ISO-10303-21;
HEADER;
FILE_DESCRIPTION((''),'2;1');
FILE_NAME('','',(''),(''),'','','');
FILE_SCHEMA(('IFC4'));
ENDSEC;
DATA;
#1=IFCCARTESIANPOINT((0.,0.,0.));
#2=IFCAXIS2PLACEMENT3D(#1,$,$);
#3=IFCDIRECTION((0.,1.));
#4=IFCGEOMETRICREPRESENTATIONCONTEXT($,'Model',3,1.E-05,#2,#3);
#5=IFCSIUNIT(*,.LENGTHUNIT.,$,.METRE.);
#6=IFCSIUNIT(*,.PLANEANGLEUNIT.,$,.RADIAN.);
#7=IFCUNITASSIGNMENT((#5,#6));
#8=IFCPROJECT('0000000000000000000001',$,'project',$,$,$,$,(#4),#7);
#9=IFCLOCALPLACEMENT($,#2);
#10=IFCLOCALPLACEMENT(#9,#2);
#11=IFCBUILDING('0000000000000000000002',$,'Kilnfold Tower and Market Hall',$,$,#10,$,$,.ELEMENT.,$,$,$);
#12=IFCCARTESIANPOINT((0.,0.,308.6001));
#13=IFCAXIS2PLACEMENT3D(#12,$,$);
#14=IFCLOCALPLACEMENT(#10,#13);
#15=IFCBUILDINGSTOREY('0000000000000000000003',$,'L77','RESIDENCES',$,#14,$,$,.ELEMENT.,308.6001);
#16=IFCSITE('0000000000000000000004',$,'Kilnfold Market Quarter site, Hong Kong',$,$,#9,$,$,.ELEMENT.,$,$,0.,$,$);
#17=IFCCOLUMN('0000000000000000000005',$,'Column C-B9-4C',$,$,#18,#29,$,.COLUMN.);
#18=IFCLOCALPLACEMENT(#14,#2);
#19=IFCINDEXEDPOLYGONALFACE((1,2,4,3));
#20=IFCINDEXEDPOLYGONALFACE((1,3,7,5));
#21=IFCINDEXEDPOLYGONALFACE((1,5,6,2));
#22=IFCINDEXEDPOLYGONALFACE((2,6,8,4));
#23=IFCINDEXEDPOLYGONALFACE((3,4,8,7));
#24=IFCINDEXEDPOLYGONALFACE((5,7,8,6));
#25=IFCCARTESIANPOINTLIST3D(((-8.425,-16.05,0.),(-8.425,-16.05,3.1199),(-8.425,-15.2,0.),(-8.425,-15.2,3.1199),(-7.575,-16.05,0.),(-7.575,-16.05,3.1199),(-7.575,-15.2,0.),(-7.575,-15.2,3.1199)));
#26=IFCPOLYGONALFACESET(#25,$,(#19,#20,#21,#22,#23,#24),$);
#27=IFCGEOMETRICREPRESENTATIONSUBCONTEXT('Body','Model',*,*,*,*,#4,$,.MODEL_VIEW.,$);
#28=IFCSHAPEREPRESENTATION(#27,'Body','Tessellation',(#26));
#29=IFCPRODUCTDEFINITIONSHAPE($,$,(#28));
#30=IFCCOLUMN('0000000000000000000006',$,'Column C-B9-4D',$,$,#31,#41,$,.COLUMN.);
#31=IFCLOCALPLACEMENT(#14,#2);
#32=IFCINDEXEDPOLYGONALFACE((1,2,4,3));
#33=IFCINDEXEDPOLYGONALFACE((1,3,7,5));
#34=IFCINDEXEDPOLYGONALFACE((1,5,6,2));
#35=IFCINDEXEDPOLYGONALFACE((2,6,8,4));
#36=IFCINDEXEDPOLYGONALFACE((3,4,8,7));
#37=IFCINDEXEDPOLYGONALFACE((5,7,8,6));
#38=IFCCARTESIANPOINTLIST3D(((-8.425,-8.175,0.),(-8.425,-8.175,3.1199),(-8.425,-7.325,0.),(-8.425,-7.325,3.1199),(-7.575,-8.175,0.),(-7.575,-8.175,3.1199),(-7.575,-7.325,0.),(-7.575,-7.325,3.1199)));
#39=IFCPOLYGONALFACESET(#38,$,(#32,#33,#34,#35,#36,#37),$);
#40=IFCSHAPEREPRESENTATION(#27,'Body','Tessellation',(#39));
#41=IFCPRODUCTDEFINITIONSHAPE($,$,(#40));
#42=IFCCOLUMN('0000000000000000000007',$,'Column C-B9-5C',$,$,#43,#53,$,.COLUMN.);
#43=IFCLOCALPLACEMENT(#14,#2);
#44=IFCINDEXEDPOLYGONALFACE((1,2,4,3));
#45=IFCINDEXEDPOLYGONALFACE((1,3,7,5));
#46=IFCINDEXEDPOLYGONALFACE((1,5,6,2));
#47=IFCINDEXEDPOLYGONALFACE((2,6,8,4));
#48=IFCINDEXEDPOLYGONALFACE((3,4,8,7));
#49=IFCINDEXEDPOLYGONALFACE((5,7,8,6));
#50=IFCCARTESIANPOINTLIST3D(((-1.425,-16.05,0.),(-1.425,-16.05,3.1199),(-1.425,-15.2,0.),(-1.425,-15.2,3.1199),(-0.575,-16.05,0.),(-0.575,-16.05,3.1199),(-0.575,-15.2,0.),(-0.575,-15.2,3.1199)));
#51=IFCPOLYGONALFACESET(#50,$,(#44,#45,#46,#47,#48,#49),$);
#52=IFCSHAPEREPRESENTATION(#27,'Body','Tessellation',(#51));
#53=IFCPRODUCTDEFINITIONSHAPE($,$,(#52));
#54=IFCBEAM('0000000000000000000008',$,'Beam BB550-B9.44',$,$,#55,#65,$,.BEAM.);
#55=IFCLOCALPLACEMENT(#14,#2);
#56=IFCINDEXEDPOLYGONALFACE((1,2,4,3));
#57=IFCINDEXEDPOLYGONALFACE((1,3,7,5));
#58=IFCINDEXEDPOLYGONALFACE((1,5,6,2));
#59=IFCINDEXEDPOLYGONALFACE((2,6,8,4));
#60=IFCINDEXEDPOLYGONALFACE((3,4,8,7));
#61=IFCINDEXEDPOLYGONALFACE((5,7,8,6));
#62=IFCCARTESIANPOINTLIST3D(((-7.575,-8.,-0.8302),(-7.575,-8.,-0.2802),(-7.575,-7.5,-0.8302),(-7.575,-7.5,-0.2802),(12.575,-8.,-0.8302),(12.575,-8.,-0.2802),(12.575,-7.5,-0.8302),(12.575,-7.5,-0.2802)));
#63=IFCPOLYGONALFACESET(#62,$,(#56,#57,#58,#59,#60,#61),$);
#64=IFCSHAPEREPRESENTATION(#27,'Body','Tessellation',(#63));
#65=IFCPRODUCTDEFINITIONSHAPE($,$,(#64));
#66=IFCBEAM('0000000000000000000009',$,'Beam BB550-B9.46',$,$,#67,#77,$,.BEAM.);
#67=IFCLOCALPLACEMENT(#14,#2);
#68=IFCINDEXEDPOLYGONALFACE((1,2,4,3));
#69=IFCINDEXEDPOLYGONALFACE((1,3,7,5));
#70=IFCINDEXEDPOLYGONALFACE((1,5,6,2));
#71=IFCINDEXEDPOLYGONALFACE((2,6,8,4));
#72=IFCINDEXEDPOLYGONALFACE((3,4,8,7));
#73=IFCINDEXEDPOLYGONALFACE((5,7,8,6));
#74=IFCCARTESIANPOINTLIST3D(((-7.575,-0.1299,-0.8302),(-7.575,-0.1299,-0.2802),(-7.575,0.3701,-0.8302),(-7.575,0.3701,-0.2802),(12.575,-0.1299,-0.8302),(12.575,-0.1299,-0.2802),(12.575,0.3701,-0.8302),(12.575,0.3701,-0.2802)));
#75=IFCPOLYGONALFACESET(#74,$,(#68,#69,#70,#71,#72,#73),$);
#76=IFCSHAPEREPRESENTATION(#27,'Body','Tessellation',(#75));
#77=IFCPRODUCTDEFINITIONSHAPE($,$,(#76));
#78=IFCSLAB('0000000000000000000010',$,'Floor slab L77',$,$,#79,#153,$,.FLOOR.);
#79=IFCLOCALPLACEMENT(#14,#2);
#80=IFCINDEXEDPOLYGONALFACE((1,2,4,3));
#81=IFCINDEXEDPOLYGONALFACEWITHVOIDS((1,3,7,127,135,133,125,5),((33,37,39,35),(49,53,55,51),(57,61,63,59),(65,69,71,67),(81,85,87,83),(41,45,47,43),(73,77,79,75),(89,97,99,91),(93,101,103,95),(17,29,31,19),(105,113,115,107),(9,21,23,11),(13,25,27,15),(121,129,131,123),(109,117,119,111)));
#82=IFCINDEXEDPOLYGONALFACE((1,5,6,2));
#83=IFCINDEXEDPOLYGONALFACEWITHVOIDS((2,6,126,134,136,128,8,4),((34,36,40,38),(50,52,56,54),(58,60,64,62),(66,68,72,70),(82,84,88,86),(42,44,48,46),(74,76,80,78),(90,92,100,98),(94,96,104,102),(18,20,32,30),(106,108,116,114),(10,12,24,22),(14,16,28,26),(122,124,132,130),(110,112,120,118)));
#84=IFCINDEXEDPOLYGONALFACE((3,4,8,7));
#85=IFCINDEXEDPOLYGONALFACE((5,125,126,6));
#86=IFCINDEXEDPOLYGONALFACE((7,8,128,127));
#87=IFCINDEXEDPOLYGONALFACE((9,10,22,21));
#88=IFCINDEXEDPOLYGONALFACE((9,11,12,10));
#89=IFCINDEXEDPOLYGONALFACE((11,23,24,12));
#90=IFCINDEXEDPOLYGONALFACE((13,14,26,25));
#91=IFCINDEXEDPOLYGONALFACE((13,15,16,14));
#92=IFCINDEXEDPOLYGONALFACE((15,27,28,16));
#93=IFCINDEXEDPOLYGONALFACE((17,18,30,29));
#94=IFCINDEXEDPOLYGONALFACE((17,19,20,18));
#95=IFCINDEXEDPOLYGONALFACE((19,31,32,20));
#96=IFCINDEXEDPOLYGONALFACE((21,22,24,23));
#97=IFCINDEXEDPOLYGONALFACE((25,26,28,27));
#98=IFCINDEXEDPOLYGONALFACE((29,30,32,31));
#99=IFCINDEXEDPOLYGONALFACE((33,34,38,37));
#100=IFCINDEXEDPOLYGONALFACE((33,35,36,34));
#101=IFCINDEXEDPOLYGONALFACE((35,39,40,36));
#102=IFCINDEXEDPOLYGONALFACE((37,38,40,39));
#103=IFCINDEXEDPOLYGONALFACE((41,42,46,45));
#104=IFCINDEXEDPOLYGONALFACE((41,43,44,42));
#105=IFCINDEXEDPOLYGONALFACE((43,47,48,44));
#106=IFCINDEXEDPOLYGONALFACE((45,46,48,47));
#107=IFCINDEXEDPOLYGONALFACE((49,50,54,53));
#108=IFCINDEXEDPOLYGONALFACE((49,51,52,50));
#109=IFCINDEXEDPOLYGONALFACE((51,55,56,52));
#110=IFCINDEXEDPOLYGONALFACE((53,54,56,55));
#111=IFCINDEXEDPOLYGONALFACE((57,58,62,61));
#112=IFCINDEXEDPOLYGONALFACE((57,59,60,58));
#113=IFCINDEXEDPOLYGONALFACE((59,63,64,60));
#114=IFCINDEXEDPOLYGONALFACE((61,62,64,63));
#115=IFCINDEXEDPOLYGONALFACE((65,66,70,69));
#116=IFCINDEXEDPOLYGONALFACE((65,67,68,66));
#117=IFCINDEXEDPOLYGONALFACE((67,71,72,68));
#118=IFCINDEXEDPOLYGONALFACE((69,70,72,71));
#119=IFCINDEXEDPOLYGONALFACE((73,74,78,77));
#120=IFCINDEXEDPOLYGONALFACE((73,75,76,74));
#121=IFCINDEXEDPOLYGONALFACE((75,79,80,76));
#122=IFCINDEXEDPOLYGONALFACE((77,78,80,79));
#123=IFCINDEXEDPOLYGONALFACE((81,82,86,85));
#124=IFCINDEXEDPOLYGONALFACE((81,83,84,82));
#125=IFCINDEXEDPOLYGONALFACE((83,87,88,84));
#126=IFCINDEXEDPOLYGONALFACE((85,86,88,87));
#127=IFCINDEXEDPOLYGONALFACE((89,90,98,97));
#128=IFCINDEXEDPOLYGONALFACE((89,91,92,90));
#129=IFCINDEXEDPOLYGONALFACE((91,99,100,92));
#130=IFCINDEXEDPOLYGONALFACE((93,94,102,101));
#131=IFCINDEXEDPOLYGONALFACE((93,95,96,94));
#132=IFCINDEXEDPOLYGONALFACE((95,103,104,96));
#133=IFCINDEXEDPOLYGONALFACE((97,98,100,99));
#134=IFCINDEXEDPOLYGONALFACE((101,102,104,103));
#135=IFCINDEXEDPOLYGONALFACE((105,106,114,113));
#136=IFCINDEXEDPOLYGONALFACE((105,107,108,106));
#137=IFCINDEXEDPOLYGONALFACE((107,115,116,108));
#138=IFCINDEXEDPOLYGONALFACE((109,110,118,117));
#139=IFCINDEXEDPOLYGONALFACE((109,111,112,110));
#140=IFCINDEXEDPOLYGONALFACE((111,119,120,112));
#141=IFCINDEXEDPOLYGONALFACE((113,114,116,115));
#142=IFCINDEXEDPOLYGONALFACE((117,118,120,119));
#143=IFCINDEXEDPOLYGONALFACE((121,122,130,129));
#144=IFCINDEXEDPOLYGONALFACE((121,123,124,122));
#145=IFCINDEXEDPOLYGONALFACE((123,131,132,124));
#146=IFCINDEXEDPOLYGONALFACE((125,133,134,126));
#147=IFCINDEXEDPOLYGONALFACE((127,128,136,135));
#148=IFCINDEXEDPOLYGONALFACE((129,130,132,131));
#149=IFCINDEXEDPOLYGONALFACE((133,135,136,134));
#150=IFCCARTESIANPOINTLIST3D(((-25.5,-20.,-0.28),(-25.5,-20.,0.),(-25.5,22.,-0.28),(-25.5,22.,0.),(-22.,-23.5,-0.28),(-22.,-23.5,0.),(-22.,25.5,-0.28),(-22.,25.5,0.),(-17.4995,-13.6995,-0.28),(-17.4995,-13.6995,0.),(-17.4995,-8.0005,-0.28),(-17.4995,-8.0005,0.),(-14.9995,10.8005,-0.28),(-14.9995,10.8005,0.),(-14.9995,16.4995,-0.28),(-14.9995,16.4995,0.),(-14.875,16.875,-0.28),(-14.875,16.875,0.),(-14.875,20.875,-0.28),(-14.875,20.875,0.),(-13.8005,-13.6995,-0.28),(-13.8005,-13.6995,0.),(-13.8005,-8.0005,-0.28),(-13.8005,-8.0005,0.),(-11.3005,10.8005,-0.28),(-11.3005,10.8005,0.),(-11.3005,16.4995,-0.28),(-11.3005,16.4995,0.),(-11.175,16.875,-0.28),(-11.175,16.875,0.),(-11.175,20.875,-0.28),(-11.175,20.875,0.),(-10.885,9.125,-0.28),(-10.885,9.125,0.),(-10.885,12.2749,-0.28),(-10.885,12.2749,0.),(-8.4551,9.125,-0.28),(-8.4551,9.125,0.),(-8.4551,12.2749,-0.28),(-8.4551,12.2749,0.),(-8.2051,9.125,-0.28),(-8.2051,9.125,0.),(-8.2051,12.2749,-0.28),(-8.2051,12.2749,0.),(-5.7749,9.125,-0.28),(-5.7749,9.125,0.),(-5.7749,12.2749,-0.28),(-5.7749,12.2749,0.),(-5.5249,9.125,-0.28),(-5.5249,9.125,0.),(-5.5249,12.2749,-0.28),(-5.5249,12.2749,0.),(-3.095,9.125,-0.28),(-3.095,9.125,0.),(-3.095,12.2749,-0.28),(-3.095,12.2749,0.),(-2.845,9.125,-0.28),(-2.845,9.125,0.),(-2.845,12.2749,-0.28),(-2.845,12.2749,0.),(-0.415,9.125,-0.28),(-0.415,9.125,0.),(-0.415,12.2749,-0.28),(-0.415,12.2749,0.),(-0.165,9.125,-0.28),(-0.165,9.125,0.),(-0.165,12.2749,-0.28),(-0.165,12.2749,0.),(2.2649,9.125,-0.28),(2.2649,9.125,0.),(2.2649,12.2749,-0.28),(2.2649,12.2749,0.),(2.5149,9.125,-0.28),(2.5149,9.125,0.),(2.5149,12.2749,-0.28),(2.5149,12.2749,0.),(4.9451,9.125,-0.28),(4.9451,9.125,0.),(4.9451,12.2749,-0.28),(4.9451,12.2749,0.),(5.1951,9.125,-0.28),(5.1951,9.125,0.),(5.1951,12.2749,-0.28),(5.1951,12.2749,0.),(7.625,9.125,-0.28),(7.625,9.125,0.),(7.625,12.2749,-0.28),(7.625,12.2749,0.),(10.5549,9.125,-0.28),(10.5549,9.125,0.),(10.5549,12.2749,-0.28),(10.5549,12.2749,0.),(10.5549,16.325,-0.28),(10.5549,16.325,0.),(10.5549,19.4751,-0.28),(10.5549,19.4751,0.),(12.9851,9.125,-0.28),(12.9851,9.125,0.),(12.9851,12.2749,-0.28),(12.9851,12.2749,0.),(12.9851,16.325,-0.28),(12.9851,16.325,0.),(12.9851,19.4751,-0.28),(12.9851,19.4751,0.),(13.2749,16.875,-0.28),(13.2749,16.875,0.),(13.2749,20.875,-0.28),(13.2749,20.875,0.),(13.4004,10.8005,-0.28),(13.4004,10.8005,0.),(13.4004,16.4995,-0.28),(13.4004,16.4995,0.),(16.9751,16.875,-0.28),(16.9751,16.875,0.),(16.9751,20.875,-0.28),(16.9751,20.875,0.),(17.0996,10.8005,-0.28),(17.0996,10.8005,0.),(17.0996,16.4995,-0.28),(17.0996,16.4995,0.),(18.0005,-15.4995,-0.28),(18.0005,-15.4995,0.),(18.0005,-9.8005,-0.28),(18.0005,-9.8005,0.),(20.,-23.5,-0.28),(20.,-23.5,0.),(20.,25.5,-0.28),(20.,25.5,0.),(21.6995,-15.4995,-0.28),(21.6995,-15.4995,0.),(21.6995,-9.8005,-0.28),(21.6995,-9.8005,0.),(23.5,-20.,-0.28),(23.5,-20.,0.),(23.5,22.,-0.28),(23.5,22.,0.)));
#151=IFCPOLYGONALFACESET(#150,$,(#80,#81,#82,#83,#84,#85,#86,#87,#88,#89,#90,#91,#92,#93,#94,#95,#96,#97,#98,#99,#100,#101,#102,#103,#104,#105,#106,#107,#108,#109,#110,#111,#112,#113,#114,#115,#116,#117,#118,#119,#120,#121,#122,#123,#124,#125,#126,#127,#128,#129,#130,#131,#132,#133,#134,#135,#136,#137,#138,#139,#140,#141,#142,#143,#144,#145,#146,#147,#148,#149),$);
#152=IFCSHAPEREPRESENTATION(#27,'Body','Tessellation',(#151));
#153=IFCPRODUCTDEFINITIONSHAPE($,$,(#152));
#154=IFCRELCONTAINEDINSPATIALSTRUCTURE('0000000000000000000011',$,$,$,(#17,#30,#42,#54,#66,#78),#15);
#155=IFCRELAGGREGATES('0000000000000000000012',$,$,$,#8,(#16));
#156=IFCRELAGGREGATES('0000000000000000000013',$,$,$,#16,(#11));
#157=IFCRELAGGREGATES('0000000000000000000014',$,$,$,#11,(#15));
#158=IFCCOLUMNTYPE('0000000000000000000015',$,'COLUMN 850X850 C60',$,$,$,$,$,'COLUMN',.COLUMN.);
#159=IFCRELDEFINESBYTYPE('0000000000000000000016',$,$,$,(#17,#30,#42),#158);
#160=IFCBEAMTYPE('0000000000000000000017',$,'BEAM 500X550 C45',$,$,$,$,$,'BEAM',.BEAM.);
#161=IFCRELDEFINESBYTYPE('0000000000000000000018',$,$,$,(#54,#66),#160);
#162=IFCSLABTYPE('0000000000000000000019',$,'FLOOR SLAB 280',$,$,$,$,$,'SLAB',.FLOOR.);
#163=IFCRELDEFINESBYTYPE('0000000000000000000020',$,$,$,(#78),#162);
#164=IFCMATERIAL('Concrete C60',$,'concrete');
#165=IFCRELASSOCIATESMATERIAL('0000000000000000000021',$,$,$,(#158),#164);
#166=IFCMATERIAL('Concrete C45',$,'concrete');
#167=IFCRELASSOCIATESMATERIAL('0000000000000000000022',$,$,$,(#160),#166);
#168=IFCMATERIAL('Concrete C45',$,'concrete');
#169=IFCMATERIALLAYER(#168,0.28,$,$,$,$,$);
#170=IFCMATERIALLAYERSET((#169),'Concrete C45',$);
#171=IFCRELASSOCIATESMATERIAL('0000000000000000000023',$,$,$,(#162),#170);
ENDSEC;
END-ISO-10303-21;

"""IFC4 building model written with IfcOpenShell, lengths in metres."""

from ifc_helpers import new_model, si_unit, direction, frame, origin, origin_2d, place, context, subcontext, project, spatial, polyline, rectangle, outline, extrude, source, transform, mapped, material, layer, layer_set, material_profile, profile_set, type_object, element, save


model = new_model("IFC4")

# Units and contexts
model_context = context("Model", 3, precision=1e-05, world=origin(), true_north=direction((0.0, 1.0)))
body_context = subcontext(model_context, "Body", "Model", "MODEL_VIEW")
ifc_project = project(units=[si_unit("LENGTHUNIT", "METRE"), si_unit("PLANEANGLEUNIT", "RADIAN")], contexts=[model_context])

# Site, building, storey
site_placement = place(None, origin())
site = spatial("IfcSite", under=ifc_project, at=site_placement, Name="Kilnfold Market Quarter site, Hong Kong", CompositionType="ELEMENT", RefElevation=0.0)
building_placement = place(site_placement, origin())
building = spatial("IfcBuilding", under=site, at=building_placement, Name="Kilnfold Tower and Market Hall", CompositionType="ELEMENT")
storey_placement = place(building_placement, frame((0.0, 0.0, 308.6001)))
storey = spatial("IfcBuildingStorey", under=building, at=storey_placement, Name="L77", Description="RESIDENCES", CompositionType="ELEMENT", Elevation=308.6001)

# Columns
ifc_material_1 = material(Name="Concrete C60", Category="concrete")
ifc_material_profile_1 = material_profile(ifc_material_1, rectangle(XDim=0.8501, YDim=0.8501, at=origin_2d()), Name="RC 850x850")
ifc_profile_set_1 = profile_set([ifc_material_profile_1], Name="Concrete C60")
column_type = type_object("IfcColumnType", Name="COLUMN 850X850 C60", ElementType="COLUMN", PredefinedType="COLUMN", material=ifc_profile_set_1)
shared_shape_1 = source(origin(), body_context, "Body", "SweptSolid", [
    extrude(rectangle(XDim=0.8501, YDim=0.8501, at=origin_2d()), origin(), (0.0, 0.0, 1.0), 3.1199),
])
for number, where, z_axis, x_axis, name in (
    (1, (-8.0, -15.625, 0.0), (0.0, 0.0, 1.0), (1.0, 0.0, 0.0), "Column C-B9-4C"),
    (2, (-8.0, -7.75, 0.0), (0.0, 0.0, 1.0), (1.0, 0.0, 0.0), "Column C-B9-4D"),
    (3, (-1.0, -15.625, 0.0), (0.0, 0.0, 1.0), (1.0, 0.0, 0.0), "Column C-B9-5C"),
):
    element("IfcColumn", number, at=place(storey_placement, frame(where, z_axis=z_axis, x_axis=x_axis)), inside=storey, type_object=column_type, Name=name, PredefinedType="COLUMN", context=body_context, shape_type="MappedRepresentation", body=[
        mapped(shared_shape_1, transform((0.0, 0.0, 0.0))),
    ])

# Beams
ifc_material_2 = material(Name="Concrete C45", Category="concrete")
ifc_material_profile_2 = material_profile(ifc_material_2, rectangle(XDim=0.5, YDim=0.55, at=origin_2d()), Name="RC 500x550")
ifc_profile_set_2 = profile_set([ifc_material_profile_2], Name="Concrete C45")
beam_type = type_object("IfcBeamType", Name="BEAM 500X550 C45", ElementType="BEAM", PredefinedType="BEAM", material=ifc_profile_set_2)
shared_shape_2 = source(origin(), body_context, "Body", "SweptSolid", [
    extrude(rectangle(XDim=0.5, YDim=0.55, at=origin_2d()), origin(), (0.0, 0.0, 1.0), 20.1499),
])
for number, where, z_axis, x_axis, name in (
    (4, (-7.575, -7.75, -0.5552), (1.0, 0.0, 0.0), (0.0, 1.0, 0.0), "Beam BB550-B9.44"),
    (5, (-7.575, 0.1201, -0.5552), (1.0, 0.0, 0.0), (0.0, 1.0, 0.0), "Beam BB550-B9.46"),
):
    element("IfcBeam", number, at=place(storey_placement, frame(where, z_axis=z_axis, x_axis=x_axis)), inside=storey, type_object=beam_type, Name=name, PredefinedType="BEAM", context=body_context, shape_type="MappedRepresentation", body=[
        mapped(shared_shape_2, transform((0.0, 0.0, 0.0))),
    ])

# Slab
ifc_material_3 = material(Name="Concrete C45", Category="concrete")
ifc_layer_1 = layer(ifc_material_3, 0.28)
ifc_layer_set_1 = layer_set([ifc_layer_1], Name="Concrete C45")
slab_type = type_object("IfcSlabType", Name="FLOOR SLAB 280", ElementType="SLAB", PredefinedType="FLOOR", material=ifc_layer_set_1)
shared_shape_3 = source(origin(), body_context, "Body", "SweptSolid", [
    extrude(outline(polyline([(-22.0, -23.5), (20.0, -23.5), (23.5, -20.0), (23.5, 22.0), (20.0, 25.5), (-22.0, 25.5), (-25.5, 22.0), (-25.5, -20.0), (-22.0, -23.5)]), holes=[polyline([(-13.8005, -8.0005), (-13.8005, -13.6995), (-17.4995, -13.6995), (-17.4995, -8.0005), (-13.8005, -8.0005)]), polyline([(-11.3005, 10.8005), (-14.9995, 10.8005), (-14.9995, 16.4995), (-11.3005, 16.4995), (-11.3005, 10.8005)]), polyline([(-11.175, 16.875), (-14.875, 16.875), (-14.875, 20.875), (-11.175, 20.875), (-11.175, 16.875)]), polyline([(-8.4551, 9.125), (-10.885, 9.125), (-10.885, 12.2749), (-8.4551, 12.2749), (-8.4551, 9.125)]), polyline([(-5.7749, 9.125), (-8.2051, 9.125), (-8.2051, 12.2749), (-5.7749, 12.2749), (-5.7749, 9.125)]), polyline([(-3.095, 9.125), (-5.5249, 9.125), (-5.5249, 12.2749), (-3.095, 12.2749), (-3.095, 9.125)]), polyline([(-0.415, 9.125), (-2.845, 9.125), (-2.845, 12.2749), (-0.415, 12.2749), (-0.415, 9.125)]), polyline([(2.2649, 9.125), (-0.165, 9.125), (-0.165, 12.2749), (2.2649, 12.2749), (2.2649, 9.125)]), polyline([(4.9451, 9.125), (2.5149, 9.125), (2.5149, 12.2749), (4.9451, 12.2749), (4.9451, 9.125)]), polyline([(7.625, 9.125), (5.1951, 9.125), (5.1951, 12.2749), (7.625, 12.2749), (7.625, 9.125)]), polyline([(12.9851, 9.125), (10.5549, 9.125), (10.5549, 12.2749), (12.9851, 12.2749), (12.9851, 9.125)]), polyline([(12.9851, 16.325), (10.5549, 16.325), (10.5549, 19.4751), (12.9851, 19.4751), (12.9851, 16.325)]), polyline([(16.9751, 16.875), (13.2749, 16.875), (13.2749, 20.875), (16.9751, 20.875), (16.9751, 16.875)]), polyline([(17.0996, 10.8005), (13.4004, 10.8005), (13.4004, 16.4995), (17.0996, 16.4995), (17.0996, 10.8005)]), polyline([(18.0005, -9.8005), (21.6995, -9.8005), (21.6995, -15.4995), (18.0005, -15.4995), (18.0005, -9.8005)])]), origin(), (0.0, 0.0, 1.0), 0.28),
])
slab_placement = place(storey_placement, frame((0.0, 0.0, -0.28)))
element("IfcSlab", 6, at=slab_placement, inside=storey, type_object=slab_type, Name="Floor slab L77", PredefinedType="FLOOR", context=body_context, shape_type="MappedRepresentation", body=[
    mapped(shared_shape_3, transform((0.0, 0.0, 0.0))),
])

save(model, "model.ifc")
